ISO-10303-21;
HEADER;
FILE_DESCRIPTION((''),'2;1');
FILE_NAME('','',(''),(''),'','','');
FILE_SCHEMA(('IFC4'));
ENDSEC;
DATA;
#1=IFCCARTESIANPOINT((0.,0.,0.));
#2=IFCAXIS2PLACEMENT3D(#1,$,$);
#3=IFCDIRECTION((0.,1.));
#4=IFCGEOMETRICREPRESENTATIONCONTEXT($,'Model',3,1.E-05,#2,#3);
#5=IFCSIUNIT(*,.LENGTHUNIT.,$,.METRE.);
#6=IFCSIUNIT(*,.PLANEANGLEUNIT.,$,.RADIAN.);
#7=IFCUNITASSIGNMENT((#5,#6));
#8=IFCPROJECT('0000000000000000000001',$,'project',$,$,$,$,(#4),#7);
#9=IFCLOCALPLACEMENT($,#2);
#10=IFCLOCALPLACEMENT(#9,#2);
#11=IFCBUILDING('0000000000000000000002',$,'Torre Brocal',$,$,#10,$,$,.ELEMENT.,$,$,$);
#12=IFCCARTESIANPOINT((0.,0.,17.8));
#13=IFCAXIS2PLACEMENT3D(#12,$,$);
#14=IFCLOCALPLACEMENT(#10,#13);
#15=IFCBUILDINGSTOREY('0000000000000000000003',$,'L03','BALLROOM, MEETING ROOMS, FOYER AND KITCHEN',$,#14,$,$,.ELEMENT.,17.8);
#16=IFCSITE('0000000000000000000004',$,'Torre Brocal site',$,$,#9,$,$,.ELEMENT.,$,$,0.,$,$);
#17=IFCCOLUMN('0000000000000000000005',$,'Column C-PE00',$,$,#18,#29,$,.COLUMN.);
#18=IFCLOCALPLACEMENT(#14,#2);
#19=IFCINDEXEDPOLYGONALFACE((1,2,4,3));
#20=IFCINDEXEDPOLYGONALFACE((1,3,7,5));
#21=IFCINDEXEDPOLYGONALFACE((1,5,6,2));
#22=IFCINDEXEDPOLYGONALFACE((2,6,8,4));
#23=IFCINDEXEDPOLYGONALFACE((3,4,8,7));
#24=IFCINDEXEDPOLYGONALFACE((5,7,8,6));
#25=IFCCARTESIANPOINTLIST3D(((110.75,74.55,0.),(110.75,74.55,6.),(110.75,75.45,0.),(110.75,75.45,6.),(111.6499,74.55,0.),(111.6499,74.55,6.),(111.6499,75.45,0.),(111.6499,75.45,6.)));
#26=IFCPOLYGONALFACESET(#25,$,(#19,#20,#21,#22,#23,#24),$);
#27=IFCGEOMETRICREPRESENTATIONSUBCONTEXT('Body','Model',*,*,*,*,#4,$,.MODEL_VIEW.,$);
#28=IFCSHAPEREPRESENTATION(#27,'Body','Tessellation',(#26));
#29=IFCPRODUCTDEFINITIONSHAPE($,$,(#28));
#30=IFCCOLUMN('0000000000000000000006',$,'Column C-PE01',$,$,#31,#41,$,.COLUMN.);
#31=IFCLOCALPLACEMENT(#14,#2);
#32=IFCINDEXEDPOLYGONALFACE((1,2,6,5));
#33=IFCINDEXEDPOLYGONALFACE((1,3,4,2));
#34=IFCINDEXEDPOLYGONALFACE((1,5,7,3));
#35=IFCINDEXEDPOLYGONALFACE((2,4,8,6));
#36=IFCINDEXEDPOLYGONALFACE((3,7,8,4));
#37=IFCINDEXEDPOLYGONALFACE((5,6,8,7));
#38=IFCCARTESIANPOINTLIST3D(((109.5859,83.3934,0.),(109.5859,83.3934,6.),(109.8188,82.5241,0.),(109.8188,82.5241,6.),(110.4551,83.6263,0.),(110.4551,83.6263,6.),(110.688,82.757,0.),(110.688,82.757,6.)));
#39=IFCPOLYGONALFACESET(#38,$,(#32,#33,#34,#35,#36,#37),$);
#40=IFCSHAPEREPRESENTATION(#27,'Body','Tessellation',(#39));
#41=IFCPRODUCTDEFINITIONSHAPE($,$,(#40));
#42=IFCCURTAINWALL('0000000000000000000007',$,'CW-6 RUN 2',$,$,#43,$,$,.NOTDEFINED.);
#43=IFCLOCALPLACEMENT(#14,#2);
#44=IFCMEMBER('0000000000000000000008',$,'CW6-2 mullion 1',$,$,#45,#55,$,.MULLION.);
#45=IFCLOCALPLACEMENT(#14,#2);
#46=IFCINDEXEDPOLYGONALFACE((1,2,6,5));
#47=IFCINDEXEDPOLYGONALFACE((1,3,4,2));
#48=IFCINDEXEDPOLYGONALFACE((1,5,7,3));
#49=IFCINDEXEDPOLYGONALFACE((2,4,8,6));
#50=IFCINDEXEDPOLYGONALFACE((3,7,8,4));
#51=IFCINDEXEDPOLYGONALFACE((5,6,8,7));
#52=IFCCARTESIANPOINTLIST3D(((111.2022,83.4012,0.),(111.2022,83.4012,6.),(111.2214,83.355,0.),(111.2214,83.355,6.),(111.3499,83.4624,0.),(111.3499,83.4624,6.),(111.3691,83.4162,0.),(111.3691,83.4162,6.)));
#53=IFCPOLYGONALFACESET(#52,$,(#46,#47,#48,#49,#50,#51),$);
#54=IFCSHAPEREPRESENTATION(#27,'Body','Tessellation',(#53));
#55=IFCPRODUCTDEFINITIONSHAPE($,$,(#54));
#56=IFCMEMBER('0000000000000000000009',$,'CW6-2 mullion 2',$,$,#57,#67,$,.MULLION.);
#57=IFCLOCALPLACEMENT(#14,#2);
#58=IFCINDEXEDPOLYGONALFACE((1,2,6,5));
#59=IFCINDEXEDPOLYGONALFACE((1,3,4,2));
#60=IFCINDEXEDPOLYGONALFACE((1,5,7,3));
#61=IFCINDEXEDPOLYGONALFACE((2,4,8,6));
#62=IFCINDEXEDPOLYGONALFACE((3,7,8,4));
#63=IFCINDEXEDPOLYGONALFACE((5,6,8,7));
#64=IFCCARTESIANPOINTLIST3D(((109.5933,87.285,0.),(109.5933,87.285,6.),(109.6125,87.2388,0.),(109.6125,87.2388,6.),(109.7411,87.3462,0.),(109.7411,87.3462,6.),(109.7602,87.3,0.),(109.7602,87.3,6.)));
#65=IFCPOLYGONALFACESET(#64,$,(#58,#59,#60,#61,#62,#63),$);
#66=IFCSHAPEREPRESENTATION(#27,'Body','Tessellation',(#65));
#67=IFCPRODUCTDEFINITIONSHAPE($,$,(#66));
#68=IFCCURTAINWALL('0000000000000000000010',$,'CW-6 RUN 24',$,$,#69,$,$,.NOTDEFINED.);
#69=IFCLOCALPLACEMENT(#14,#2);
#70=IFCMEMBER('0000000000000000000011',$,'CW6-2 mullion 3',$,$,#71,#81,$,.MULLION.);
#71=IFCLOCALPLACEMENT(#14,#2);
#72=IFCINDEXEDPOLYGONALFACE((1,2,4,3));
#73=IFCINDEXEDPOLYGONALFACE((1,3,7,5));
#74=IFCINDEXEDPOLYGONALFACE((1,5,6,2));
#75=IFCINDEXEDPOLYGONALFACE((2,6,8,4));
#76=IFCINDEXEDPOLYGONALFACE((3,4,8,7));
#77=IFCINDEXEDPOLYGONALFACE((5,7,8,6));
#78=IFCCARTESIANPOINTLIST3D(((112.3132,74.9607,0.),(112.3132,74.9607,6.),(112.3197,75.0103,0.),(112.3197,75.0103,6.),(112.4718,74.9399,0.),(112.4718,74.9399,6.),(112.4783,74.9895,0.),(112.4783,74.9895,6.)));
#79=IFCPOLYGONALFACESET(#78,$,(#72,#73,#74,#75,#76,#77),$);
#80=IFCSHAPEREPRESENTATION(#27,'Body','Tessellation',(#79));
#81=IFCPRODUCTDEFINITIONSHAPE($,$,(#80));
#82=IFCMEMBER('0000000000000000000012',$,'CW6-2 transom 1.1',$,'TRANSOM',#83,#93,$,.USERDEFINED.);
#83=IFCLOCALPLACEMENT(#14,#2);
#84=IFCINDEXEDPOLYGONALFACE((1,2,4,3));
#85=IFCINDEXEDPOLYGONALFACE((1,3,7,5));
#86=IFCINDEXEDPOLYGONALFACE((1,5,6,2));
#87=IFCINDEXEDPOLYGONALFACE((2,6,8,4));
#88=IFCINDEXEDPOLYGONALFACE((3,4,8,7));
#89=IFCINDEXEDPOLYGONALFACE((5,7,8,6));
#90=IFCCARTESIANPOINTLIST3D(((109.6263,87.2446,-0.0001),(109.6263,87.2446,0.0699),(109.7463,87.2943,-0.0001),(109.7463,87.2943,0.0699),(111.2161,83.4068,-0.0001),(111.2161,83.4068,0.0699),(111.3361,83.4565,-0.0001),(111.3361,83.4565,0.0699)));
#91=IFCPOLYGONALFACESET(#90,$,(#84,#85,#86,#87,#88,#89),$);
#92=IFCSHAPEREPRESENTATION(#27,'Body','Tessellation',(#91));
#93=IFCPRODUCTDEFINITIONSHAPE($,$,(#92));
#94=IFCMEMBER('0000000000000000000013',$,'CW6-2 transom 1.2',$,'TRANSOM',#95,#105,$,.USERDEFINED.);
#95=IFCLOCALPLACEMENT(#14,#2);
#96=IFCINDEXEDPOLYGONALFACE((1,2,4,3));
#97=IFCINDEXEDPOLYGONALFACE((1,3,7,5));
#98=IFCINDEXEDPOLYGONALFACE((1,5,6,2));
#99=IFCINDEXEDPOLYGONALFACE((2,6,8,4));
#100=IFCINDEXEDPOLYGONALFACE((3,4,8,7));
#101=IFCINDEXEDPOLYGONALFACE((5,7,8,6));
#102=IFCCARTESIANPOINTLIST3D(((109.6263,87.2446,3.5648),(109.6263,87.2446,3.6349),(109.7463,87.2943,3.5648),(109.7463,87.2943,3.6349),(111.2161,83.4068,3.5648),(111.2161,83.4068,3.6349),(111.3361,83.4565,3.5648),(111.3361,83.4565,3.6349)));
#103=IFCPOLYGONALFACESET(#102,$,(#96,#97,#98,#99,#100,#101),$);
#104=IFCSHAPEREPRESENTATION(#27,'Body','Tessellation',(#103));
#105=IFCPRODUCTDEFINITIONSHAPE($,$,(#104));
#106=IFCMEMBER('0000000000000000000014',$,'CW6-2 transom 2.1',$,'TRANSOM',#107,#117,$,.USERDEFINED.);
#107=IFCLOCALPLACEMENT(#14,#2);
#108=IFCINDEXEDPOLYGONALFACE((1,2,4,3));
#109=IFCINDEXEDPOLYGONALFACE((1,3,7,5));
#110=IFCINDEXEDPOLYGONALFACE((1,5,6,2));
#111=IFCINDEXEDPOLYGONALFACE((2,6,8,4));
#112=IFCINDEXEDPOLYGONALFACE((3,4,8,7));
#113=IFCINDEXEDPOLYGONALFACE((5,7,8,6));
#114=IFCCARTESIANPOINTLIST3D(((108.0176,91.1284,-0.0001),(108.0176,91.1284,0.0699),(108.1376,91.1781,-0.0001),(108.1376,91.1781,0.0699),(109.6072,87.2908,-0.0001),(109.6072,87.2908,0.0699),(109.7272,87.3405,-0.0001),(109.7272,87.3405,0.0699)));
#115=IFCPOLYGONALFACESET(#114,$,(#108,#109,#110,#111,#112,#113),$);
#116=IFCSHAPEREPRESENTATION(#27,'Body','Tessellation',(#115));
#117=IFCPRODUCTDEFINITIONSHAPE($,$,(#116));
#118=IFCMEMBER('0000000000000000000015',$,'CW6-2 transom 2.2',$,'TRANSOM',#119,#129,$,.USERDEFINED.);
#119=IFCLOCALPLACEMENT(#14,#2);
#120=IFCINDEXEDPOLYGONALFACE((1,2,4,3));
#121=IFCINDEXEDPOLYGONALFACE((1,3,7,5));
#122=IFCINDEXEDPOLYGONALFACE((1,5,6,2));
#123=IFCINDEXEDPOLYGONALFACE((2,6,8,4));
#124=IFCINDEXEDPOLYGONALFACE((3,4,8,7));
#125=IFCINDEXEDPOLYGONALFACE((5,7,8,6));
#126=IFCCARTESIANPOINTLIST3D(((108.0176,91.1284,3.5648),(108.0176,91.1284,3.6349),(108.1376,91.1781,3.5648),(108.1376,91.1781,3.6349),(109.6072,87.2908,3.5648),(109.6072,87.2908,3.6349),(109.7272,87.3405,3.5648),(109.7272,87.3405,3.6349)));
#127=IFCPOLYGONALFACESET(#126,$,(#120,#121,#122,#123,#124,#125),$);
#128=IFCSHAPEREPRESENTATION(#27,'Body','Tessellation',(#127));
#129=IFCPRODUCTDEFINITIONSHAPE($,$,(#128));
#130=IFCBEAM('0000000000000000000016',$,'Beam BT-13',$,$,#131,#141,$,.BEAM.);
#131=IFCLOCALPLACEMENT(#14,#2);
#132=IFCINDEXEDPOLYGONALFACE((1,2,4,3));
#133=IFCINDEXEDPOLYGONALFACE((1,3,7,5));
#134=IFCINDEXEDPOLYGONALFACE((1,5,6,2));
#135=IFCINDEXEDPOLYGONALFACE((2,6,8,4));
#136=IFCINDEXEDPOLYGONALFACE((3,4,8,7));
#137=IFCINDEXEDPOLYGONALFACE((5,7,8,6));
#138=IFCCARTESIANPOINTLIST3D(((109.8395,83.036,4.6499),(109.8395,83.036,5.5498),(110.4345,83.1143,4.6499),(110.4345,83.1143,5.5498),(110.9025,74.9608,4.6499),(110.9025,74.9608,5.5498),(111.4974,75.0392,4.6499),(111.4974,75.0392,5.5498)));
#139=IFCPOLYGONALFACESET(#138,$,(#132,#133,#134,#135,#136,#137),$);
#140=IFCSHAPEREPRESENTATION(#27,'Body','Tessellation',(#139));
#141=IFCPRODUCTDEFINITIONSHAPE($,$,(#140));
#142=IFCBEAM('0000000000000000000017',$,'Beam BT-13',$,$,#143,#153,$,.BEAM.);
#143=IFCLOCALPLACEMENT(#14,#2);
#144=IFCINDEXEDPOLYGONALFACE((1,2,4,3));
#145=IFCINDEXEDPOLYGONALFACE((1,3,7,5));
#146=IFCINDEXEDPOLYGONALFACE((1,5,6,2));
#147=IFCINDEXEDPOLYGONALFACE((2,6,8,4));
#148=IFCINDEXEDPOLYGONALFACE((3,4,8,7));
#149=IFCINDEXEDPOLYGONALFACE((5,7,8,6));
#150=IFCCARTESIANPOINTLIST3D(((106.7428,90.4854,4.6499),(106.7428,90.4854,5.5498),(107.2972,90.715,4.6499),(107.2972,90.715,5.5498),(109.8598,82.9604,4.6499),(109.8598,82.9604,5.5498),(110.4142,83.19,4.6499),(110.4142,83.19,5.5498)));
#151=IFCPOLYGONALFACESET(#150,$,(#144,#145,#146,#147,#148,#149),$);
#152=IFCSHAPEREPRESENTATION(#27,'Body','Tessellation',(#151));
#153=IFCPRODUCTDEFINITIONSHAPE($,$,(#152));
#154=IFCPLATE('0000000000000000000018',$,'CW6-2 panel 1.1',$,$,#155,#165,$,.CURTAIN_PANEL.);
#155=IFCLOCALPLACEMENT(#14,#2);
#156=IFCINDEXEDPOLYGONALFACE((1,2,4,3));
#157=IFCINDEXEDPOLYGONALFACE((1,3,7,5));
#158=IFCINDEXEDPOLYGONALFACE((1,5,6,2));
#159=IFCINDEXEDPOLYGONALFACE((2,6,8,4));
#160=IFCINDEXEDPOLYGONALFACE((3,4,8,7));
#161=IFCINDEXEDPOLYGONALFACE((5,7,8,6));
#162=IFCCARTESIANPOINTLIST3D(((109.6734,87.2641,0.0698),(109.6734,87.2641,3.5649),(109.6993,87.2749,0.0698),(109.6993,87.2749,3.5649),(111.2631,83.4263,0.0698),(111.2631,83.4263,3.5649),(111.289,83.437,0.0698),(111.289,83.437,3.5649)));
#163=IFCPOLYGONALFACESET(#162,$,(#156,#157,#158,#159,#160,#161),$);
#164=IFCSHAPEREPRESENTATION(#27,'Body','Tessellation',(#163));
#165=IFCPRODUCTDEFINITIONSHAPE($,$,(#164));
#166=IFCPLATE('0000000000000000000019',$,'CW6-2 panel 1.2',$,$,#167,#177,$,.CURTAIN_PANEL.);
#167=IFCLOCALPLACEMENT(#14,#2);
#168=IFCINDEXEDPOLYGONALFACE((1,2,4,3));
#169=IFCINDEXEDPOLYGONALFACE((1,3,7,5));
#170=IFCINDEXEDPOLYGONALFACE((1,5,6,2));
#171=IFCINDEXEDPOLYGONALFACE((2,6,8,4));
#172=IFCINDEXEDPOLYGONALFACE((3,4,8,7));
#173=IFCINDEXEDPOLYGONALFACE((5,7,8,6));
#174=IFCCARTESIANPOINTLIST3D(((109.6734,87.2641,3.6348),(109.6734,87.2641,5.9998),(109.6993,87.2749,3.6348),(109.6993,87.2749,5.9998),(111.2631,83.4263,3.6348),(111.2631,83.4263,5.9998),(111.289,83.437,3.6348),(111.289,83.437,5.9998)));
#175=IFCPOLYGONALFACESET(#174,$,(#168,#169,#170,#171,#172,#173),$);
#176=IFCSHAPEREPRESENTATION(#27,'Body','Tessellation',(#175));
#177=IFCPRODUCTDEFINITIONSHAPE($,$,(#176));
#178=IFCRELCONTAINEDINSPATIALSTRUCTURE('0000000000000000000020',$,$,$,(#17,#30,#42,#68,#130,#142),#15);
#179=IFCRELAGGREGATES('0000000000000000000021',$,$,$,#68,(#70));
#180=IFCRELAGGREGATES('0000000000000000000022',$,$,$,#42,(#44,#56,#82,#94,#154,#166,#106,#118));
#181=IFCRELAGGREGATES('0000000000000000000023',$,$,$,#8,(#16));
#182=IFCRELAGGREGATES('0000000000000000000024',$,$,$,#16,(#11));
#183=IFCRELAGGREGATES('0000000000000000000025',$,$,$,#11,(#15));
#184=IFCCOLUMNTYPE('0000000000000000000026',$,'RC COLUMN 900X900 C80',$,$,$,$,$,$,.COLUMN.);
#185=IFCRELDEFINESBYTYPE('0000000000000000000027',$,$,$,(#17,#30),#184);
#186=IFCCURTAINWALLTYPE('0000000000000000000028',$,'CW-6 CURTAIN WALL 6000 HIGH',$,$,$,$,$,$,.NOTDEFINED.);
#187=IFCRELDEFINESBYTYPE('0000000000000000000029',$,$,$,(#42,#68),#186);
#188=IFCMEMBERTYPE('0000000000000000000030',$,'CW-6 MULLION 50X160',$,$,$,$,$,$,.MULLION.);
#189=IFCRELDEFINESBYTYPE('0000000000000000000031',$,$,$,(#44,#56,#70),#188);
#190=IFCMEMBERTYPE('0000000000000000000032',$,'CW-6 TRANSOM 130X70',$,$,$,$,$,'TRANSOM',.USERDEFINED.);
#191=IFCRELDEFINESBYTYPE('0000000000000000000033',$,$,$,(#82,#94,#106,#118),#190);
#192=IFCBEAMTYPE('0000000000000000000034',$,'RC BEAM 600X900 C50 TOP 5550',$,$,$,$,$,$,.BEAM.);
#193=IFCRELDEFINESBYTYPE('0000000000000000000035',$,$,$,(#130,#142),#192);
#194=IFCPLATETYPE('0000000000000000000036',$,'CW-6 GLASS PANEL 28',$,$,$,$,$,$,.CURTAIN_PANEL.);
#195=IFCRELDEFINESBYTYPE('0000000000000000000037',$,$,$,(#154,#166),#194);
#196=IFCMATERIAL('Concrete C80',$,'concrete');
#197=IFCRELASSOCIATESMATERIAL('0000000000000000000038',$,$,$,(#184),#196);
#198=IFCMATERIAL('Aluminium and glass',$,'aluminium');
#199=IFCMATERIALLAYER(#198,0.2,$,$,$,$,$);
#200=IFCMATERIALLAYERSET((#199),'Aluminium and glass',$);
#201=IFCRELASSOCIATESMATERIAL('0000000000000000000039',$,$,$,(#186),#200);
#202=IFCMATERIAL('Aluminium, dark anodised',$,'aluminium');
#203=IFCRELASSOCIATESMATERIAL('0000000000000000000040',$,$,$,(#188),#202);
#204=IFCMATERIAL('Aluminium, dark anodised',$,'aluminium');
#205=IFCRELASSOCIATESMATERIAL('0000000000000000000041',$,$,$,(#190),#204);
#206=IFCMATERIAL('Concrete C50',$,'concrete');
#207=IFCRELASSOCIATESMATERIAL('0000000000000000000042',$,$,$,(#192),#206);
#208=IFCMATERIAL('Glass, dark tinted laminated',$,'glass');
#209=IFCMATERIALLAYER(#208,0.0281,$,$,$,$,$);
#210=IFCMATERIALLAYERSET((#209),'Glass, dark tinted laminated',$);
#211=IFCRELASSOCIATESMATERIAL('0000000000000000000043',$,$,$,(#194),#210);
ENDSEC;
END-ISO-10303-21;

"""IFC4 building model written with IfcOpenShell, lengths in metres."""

from ifc_helpers import new_model, si_unit, direction, frame, origin, origin_2d, place, context, subcontext, project, spatial, rectangle, extrude, material, layer, layer_set, material_profile, profile_set, type_object, element, aggregate, save


model = new_model("IFC4")

# Units and contexts
model_context = context("Model", 3, precision=1e-05, world=origin(), true_north=direction((0.0, 1.0)))
body_context = subcontext(model_context, "Body", "Model", "MODEL_VIEW")
ifc_project = project(units=[si_unit("LENGTHUNIT", "METRE"), si_unit("PLANEANGLEUNIT", "RADIAN")], contexts=[model_context])

# Site, building, storey
site_placement = place(None, origin())
site = spatial("IfcSite", under=ifc_project, at=site_placement, Name="Torre Brocal site", CompositionType="ELEMENT", RefElevation=0.0)
building_placement = place(site_placement, origin())
building = spatial("IfcBuilding", under=site, at=building_placement, Name="Torre Brocal", CompositionType="ELEMENT")
storey_placement = place(building_placement, frame((0.0, 0.0, 17.8)))
storey = spatial("IfcBuildingStorey", under=building, at=storey_placement, Name="L03", Description="BALLROOM, MEETING ROOMS, FOYER AND KITCHEN", CompositionType="ELEMENT", Elevation=17.8)

# Columns
ifc_material_1 = material(Name="Concrete C80", Category="concrete")
ifc_material_profile_1 = material_profile(ifc_material_1, rectangle(XDim=0.8999, YDim=0.8999, at=origin_2d()), Name="RC 900X900")
ifc_profile_set_1 = profile_set([ifc_material_profile_1], Name="Concrete C80")
column_type = type_object("IfcColumnType", Name="RC COLUMN 900X900 C80", PredefinedType="COLUMN", material=ifc_profile_set_1)
for number, where, z_axis, x_axis, name in (
    (1, (111.2, 75.0, 0.0), (0.0, 0.0, 1.0), (1.0, 0.0, 0.0), "Column C-PE00"),
    (2, (110.137, 83.0752, 0.0), (0.0, 0.0, 1.0), (0.965926, 0.258819, 0.0), "Column C-PE01"),
):
    element("IfcColumn", number, at=place(storey_placement, frame(where, z_axis=z_axis, x_axis=x_axis)), inside=storey, type_object=column_type, Name=name, PredefinedType="COLUMN", context=body_context, shape_type="SweptSolid", body=[
        extrude(rectangle(XDim=0.8999, YDim=0.8999, at=origin_2d()), origin(), (0.0, 0.0, 1.0), 6.0),
    ])

# Curtain wall, members
ifc_material_2 = material(Name="Aluminium and glass", Category="aluminium")
ifc_layer_1 = layer(ifc_material_2, 0.2)
ifc_layer_set_1 = layer_set([ifc_layer_1], Name="Aluminium and glass")
curtain_wall_type = type_object("IfcCurtainWallType", Name="CW-6 CURTAIN WALL 6000 HIGH", PredefinedType="NOTDEFINED", material=ifc_layer_set_1)
curtain_wall_1_placement = place(storey_placement, origin())
curtain_wall_1 = element("IfcCurtainWall", 3, at=curtain_wall_1_placement, inside=storey, type_object=curtain_wall_type, Name="CW-6 RUN 2", PredefinedType="NOTDEFINED")
ifc_material_3 = material(Name="Aluminium, dark anodised", Category="aluminium")
ifc_material_profile_2 = material_profile(ifc_material_3, rectangle(XDim=0.1599, YDim=0.05, at=origin_2d()), Name="CW-6 MULLION 50X160")
ifc_profile_set_2 = profile_set([ifc_material_profile_2], Name="Aluminium, dark anodised")
member_type_1 = type_object("IfcMemberType", Name="CW-6 MULLION 50X160", PredefinedType="MULLION", material=ifc_profile_set_2)
member_1_placement = place(storey_placement, frame((111.2856, 83.4087, 0.0), z_axis=(0.0, 0.0, 1.0), x_axis=(-0.92388, -0.382683, 0.0)))
member_1 = element("IfcMember", 4, at=member_1_placement, type_object=member_type_1, Name="CW6-2 mullion 1", PredefinedType="MULLION", context=body_context, shape_type="SweptSolid", body=[
    extrude(rectangle(XDim=0.1599, YDim=0.05, at=origin_2d()), origin(), (0.0, 0.0, 1.0), 6.0),
])
member_2_placement = place(storey_placement, frame((109.6768, 87.2925, 0.0), z_axis=(0.0, 0.0, 1.0), x_axis=(-0.92388, -0.382683, 0.0)))
member_2 = element("IfcMember", 5, at=member_2_placement, type_object=member_type_1, Name="CW6-2 mullion 2", PredefinedType="MULLION", context=body_context, shape_type="SweptSolid", body=[
    extrude(rectangle(XDim=0.1599, YDim=0.05, at=origin_2d()), origin(), (0.0, 0.0, 1.0), 6.0),
])

# Curtain wall, member
curtain_wall_2_placement = place(storey_placement, origin())
curtain_wall_2 = element("IfcCurtainWall", 6, at=curtain_wall_2_placement, inside=storey, type_object=curtain_wall_type, Name="CW-6 RUN 24", PredefinedType="NOTDEFINED")
member_3_placement = place(storey_placement, frame((112.3958, 74.9751, 0.0), z_axis=(0.0, 0.0, 1.0), x_axis=(-0.991445, 0.130526, 0.0)))
member_3 = element("IfcMember", 7, at=member_3_placement, type_object=member_type_1, Name="CW6-2 mullion 3", PredefinedType="MULLION", context=body_context, shape_type="SweptSolid", body=[
    extrude(rectangle(XDim=0.1599, YDim=0.05, at=origin_2d()), origin(), (0.0, 0.0, 1.0), 6.0),
])
aggregate(curtain_wall_2, [member_3])

# Members
ifc_material_4 = material(Name="Aluminium, dark anodised", Category="aluminium")
ifc_material_profile_3 = material_profile(ifc_material_4, rectangle(XDim=0.1299, YDim=0.0701, at=origin_2d()), Name="CW-6 TRANSOM 130X70")
ifc_profile_set_3 = profile_set([ifc_material_profile_3], Name="Aluminium, dark anodised")
member_type_2 = type_object("IfcMemberType", Name="CW-6 TRANSOM 130X70", ElementType="TRANSOM", PredefinedType="USERDEFINED", material=ifc_profile_set_3)
member_4_placement = place(storey_placement, frame((111.2761, 83.4316, 0.0349), z_axis=(-0.382712, 0.923868, 0.0), x_axis=(-0.923868, -0.382712, 0.0)))
member_4 = element("IfcMember", 8, at=member_4_placement, type_object=member_type_2, Name="CW6-2 transom 1.1", ObjectType="TRANSOM", PredefinedType="USERDEFINED", context=body_context, shape_type="SweptSolid", body=[
    extrude(rectangle(XDim=0.1299, YDim=0.0701, at=origin_2d()), origin(), (0.0, 0.0, 1.0), 4.1541),
])
member_5_placement = place(storey_placement, frame((111.2761, 83.4316, 3.5999), z_axis=(-0.382712, 0.923868, 0.0), x_axis=(-0.923868, -0.382712, 0.0)))
member_5 = element("IfcMember", 9, at=member_5_placement, type_object=member_type_2, Name="CW6-2 transom 1.2", ObjectType="TRANSOM", PredefinedType="USERDEFINED", context=body_context, shape_type="SweptSolid", body=[
    extrude(rectangle(XDim=0.1299, YDim=0.0701, at=origin_2d()), origin(), (0.0, 0.0, 1.0), 4.1541),
])
member_6_placement = place(storey_placement, frame((109.6672, 87.3157, 0.0349), z_axis=(-0.382682, 0.92388, 0.0), x_axis=(-0.92388, -0.382682, 0.0)))
member_6 = element("IfcMember", 10, at=member_6_placement, type_object=member_type_2, Name="CW6-2 transom 2.1", ObjectType="TRANSOM", PredefinedType="USERDEFINED", context=body_context, shape_type="SweptSolid", body=[
    extrude(rectangle(XDim=0.1299, YDim=0.0701, at=origin_2d()), origin(), (0.0, 0.0, 1.0), 4.1538),
])
member_7_placement = place(storey_placement, frame((109.6672, 87.3157, 3.5999), z_axis=(-0.382682, 0.92388, 0.0), x_axis=(-0.92388, -0.382682, 0.0)))
member_7 = element("IfcMember", 11, at=member_7_placement, type_object=member_type_2, Name="CW6-2 transom 2.2", ObjectType="TRANSOM", PredefinedType="USERDEFINED", context=body_context, shape_type="SweptSolid", body=[
    extrude(rectangle(XDim=0.1299, YDim=0.0701, at=origin_2d()), origin(), (0.0, 0.0, 1.0), 4.1538),
])

# Beams
ifc_material_5 = material(Name="Concrete C50", Category="concrete")
ifc_material_profile_4 = material_profile(ifc_material_5, rectangle(XDim=0.6001, YDim=0.8999, at=origin_2d()), Name="RC 600X900")
ifc_profile_set_4 = profile_set([ifc_material_profile_4], Name="Concrete C50")
beam_type = type_object("IfcBeamType", Name="RC BEAM 600X900 C50 TOP 5550", PredefinedType="BEAM", material=ifc_profile_set_4)
beam_1_placement = place(storey_placement, frame((111.2, 75.0, 5.0999), z_axis=(-0.13051, 0.991447, 0.0), x_axis=(-0.991447, -0.13051, 0.0)))
element("IfcBeam", 12, at=beam_1_placement, inside=storey, type_object=beam_type, Name="Beam BT-13", PredefinedType="BEAM", context=body_context, shape_type="SweptSolid", body=[
    extrude(rectangle(XDim=0.6001, YDim=0.8999, at=origin_2d()), origin(), (0.0, 0.0, 1.0), 8.1448),
])
beam_2_placement = place(storey_placement, frame((110.137, 83.0752, 5.0999), z_axis=(-0.382686, 0.923878, 0.0), x_axis=(-0.923878, -0.382686, 0.0)))
element("IfcBeam", 13, at=beam_2_placement, inside=storey, type_object=beam_type, Name="Beam BT-13", PredefinedType="BEAM", context=body_context, shape_type="SweptSolid", body=[
    extrude(rectangle(XDim=0.6001, YDim=0.8999, at=origin_2d()), origin(), (0.0, 0.0, 1.0), 8.145),
])

# Plates
ifc_material_6 = material(Name="Glass, dark tinted laminated", Category="glass")
ifc_layer_2 = layer(ifc_material_6, 0.0281)
ifc_layer_set_2 = layer_set([ifc_layer_2], Name="Glass, dark tinted laminated")
plate_type = type_object("IfcPlateType", Name="CW-6 GLASS PANEL 28", PredefinedType="CURTAIN_PANEL", material=ifc_layer_set_2)
plate_1_placement = place(storey_placement, frame((110.4812, 85.3506, 0.0698), z_axis=(0.0, 0.0, 1.0), x_axis=(-0.382683, 0.92388, 0.0)))
plate_1 = element("IfcPlate", 14, at=plate_1_placement, type_object=plate_type, Name="CW6-2 panel 1.1", PredefinedType="CURTAIN_PANEL", context=body_context, shape_type="SweptSolid", body=[
    extrude(rectangle(XDim=4.1541, YDim=0.0281, at=origin_2d()), origin(), (0.0, 0.0, 1.0), 3.4951),
])
plate_2_placement = place(storey_placement, frame((110.4812, 85.3506, 3.6348), z_axis=(0.0, 0.0, 1.0), x_axis=(-0.382683, 0.92388, 0.0)))
plate_2 = element("IfcPlate", 15, at=plate_2_placement, type_object=plate_type, Name="CW6-2 panel 1.2", PredefinedType="CURTAIN_PANEL", context=body_context, shape_type="SweptSolid", body=[
    extrude(rectangle(XDim=4.1541, YDim=0.0281, at=origin_2d()), origin(), (0.0, 0.0, 1.0), 2.365),
])
aggregate(curtain_wall_1, [member_1, member_2, member_4, member_5, plate_1, plate_2, member_6, member_7])

save(model, "model.ifc")
